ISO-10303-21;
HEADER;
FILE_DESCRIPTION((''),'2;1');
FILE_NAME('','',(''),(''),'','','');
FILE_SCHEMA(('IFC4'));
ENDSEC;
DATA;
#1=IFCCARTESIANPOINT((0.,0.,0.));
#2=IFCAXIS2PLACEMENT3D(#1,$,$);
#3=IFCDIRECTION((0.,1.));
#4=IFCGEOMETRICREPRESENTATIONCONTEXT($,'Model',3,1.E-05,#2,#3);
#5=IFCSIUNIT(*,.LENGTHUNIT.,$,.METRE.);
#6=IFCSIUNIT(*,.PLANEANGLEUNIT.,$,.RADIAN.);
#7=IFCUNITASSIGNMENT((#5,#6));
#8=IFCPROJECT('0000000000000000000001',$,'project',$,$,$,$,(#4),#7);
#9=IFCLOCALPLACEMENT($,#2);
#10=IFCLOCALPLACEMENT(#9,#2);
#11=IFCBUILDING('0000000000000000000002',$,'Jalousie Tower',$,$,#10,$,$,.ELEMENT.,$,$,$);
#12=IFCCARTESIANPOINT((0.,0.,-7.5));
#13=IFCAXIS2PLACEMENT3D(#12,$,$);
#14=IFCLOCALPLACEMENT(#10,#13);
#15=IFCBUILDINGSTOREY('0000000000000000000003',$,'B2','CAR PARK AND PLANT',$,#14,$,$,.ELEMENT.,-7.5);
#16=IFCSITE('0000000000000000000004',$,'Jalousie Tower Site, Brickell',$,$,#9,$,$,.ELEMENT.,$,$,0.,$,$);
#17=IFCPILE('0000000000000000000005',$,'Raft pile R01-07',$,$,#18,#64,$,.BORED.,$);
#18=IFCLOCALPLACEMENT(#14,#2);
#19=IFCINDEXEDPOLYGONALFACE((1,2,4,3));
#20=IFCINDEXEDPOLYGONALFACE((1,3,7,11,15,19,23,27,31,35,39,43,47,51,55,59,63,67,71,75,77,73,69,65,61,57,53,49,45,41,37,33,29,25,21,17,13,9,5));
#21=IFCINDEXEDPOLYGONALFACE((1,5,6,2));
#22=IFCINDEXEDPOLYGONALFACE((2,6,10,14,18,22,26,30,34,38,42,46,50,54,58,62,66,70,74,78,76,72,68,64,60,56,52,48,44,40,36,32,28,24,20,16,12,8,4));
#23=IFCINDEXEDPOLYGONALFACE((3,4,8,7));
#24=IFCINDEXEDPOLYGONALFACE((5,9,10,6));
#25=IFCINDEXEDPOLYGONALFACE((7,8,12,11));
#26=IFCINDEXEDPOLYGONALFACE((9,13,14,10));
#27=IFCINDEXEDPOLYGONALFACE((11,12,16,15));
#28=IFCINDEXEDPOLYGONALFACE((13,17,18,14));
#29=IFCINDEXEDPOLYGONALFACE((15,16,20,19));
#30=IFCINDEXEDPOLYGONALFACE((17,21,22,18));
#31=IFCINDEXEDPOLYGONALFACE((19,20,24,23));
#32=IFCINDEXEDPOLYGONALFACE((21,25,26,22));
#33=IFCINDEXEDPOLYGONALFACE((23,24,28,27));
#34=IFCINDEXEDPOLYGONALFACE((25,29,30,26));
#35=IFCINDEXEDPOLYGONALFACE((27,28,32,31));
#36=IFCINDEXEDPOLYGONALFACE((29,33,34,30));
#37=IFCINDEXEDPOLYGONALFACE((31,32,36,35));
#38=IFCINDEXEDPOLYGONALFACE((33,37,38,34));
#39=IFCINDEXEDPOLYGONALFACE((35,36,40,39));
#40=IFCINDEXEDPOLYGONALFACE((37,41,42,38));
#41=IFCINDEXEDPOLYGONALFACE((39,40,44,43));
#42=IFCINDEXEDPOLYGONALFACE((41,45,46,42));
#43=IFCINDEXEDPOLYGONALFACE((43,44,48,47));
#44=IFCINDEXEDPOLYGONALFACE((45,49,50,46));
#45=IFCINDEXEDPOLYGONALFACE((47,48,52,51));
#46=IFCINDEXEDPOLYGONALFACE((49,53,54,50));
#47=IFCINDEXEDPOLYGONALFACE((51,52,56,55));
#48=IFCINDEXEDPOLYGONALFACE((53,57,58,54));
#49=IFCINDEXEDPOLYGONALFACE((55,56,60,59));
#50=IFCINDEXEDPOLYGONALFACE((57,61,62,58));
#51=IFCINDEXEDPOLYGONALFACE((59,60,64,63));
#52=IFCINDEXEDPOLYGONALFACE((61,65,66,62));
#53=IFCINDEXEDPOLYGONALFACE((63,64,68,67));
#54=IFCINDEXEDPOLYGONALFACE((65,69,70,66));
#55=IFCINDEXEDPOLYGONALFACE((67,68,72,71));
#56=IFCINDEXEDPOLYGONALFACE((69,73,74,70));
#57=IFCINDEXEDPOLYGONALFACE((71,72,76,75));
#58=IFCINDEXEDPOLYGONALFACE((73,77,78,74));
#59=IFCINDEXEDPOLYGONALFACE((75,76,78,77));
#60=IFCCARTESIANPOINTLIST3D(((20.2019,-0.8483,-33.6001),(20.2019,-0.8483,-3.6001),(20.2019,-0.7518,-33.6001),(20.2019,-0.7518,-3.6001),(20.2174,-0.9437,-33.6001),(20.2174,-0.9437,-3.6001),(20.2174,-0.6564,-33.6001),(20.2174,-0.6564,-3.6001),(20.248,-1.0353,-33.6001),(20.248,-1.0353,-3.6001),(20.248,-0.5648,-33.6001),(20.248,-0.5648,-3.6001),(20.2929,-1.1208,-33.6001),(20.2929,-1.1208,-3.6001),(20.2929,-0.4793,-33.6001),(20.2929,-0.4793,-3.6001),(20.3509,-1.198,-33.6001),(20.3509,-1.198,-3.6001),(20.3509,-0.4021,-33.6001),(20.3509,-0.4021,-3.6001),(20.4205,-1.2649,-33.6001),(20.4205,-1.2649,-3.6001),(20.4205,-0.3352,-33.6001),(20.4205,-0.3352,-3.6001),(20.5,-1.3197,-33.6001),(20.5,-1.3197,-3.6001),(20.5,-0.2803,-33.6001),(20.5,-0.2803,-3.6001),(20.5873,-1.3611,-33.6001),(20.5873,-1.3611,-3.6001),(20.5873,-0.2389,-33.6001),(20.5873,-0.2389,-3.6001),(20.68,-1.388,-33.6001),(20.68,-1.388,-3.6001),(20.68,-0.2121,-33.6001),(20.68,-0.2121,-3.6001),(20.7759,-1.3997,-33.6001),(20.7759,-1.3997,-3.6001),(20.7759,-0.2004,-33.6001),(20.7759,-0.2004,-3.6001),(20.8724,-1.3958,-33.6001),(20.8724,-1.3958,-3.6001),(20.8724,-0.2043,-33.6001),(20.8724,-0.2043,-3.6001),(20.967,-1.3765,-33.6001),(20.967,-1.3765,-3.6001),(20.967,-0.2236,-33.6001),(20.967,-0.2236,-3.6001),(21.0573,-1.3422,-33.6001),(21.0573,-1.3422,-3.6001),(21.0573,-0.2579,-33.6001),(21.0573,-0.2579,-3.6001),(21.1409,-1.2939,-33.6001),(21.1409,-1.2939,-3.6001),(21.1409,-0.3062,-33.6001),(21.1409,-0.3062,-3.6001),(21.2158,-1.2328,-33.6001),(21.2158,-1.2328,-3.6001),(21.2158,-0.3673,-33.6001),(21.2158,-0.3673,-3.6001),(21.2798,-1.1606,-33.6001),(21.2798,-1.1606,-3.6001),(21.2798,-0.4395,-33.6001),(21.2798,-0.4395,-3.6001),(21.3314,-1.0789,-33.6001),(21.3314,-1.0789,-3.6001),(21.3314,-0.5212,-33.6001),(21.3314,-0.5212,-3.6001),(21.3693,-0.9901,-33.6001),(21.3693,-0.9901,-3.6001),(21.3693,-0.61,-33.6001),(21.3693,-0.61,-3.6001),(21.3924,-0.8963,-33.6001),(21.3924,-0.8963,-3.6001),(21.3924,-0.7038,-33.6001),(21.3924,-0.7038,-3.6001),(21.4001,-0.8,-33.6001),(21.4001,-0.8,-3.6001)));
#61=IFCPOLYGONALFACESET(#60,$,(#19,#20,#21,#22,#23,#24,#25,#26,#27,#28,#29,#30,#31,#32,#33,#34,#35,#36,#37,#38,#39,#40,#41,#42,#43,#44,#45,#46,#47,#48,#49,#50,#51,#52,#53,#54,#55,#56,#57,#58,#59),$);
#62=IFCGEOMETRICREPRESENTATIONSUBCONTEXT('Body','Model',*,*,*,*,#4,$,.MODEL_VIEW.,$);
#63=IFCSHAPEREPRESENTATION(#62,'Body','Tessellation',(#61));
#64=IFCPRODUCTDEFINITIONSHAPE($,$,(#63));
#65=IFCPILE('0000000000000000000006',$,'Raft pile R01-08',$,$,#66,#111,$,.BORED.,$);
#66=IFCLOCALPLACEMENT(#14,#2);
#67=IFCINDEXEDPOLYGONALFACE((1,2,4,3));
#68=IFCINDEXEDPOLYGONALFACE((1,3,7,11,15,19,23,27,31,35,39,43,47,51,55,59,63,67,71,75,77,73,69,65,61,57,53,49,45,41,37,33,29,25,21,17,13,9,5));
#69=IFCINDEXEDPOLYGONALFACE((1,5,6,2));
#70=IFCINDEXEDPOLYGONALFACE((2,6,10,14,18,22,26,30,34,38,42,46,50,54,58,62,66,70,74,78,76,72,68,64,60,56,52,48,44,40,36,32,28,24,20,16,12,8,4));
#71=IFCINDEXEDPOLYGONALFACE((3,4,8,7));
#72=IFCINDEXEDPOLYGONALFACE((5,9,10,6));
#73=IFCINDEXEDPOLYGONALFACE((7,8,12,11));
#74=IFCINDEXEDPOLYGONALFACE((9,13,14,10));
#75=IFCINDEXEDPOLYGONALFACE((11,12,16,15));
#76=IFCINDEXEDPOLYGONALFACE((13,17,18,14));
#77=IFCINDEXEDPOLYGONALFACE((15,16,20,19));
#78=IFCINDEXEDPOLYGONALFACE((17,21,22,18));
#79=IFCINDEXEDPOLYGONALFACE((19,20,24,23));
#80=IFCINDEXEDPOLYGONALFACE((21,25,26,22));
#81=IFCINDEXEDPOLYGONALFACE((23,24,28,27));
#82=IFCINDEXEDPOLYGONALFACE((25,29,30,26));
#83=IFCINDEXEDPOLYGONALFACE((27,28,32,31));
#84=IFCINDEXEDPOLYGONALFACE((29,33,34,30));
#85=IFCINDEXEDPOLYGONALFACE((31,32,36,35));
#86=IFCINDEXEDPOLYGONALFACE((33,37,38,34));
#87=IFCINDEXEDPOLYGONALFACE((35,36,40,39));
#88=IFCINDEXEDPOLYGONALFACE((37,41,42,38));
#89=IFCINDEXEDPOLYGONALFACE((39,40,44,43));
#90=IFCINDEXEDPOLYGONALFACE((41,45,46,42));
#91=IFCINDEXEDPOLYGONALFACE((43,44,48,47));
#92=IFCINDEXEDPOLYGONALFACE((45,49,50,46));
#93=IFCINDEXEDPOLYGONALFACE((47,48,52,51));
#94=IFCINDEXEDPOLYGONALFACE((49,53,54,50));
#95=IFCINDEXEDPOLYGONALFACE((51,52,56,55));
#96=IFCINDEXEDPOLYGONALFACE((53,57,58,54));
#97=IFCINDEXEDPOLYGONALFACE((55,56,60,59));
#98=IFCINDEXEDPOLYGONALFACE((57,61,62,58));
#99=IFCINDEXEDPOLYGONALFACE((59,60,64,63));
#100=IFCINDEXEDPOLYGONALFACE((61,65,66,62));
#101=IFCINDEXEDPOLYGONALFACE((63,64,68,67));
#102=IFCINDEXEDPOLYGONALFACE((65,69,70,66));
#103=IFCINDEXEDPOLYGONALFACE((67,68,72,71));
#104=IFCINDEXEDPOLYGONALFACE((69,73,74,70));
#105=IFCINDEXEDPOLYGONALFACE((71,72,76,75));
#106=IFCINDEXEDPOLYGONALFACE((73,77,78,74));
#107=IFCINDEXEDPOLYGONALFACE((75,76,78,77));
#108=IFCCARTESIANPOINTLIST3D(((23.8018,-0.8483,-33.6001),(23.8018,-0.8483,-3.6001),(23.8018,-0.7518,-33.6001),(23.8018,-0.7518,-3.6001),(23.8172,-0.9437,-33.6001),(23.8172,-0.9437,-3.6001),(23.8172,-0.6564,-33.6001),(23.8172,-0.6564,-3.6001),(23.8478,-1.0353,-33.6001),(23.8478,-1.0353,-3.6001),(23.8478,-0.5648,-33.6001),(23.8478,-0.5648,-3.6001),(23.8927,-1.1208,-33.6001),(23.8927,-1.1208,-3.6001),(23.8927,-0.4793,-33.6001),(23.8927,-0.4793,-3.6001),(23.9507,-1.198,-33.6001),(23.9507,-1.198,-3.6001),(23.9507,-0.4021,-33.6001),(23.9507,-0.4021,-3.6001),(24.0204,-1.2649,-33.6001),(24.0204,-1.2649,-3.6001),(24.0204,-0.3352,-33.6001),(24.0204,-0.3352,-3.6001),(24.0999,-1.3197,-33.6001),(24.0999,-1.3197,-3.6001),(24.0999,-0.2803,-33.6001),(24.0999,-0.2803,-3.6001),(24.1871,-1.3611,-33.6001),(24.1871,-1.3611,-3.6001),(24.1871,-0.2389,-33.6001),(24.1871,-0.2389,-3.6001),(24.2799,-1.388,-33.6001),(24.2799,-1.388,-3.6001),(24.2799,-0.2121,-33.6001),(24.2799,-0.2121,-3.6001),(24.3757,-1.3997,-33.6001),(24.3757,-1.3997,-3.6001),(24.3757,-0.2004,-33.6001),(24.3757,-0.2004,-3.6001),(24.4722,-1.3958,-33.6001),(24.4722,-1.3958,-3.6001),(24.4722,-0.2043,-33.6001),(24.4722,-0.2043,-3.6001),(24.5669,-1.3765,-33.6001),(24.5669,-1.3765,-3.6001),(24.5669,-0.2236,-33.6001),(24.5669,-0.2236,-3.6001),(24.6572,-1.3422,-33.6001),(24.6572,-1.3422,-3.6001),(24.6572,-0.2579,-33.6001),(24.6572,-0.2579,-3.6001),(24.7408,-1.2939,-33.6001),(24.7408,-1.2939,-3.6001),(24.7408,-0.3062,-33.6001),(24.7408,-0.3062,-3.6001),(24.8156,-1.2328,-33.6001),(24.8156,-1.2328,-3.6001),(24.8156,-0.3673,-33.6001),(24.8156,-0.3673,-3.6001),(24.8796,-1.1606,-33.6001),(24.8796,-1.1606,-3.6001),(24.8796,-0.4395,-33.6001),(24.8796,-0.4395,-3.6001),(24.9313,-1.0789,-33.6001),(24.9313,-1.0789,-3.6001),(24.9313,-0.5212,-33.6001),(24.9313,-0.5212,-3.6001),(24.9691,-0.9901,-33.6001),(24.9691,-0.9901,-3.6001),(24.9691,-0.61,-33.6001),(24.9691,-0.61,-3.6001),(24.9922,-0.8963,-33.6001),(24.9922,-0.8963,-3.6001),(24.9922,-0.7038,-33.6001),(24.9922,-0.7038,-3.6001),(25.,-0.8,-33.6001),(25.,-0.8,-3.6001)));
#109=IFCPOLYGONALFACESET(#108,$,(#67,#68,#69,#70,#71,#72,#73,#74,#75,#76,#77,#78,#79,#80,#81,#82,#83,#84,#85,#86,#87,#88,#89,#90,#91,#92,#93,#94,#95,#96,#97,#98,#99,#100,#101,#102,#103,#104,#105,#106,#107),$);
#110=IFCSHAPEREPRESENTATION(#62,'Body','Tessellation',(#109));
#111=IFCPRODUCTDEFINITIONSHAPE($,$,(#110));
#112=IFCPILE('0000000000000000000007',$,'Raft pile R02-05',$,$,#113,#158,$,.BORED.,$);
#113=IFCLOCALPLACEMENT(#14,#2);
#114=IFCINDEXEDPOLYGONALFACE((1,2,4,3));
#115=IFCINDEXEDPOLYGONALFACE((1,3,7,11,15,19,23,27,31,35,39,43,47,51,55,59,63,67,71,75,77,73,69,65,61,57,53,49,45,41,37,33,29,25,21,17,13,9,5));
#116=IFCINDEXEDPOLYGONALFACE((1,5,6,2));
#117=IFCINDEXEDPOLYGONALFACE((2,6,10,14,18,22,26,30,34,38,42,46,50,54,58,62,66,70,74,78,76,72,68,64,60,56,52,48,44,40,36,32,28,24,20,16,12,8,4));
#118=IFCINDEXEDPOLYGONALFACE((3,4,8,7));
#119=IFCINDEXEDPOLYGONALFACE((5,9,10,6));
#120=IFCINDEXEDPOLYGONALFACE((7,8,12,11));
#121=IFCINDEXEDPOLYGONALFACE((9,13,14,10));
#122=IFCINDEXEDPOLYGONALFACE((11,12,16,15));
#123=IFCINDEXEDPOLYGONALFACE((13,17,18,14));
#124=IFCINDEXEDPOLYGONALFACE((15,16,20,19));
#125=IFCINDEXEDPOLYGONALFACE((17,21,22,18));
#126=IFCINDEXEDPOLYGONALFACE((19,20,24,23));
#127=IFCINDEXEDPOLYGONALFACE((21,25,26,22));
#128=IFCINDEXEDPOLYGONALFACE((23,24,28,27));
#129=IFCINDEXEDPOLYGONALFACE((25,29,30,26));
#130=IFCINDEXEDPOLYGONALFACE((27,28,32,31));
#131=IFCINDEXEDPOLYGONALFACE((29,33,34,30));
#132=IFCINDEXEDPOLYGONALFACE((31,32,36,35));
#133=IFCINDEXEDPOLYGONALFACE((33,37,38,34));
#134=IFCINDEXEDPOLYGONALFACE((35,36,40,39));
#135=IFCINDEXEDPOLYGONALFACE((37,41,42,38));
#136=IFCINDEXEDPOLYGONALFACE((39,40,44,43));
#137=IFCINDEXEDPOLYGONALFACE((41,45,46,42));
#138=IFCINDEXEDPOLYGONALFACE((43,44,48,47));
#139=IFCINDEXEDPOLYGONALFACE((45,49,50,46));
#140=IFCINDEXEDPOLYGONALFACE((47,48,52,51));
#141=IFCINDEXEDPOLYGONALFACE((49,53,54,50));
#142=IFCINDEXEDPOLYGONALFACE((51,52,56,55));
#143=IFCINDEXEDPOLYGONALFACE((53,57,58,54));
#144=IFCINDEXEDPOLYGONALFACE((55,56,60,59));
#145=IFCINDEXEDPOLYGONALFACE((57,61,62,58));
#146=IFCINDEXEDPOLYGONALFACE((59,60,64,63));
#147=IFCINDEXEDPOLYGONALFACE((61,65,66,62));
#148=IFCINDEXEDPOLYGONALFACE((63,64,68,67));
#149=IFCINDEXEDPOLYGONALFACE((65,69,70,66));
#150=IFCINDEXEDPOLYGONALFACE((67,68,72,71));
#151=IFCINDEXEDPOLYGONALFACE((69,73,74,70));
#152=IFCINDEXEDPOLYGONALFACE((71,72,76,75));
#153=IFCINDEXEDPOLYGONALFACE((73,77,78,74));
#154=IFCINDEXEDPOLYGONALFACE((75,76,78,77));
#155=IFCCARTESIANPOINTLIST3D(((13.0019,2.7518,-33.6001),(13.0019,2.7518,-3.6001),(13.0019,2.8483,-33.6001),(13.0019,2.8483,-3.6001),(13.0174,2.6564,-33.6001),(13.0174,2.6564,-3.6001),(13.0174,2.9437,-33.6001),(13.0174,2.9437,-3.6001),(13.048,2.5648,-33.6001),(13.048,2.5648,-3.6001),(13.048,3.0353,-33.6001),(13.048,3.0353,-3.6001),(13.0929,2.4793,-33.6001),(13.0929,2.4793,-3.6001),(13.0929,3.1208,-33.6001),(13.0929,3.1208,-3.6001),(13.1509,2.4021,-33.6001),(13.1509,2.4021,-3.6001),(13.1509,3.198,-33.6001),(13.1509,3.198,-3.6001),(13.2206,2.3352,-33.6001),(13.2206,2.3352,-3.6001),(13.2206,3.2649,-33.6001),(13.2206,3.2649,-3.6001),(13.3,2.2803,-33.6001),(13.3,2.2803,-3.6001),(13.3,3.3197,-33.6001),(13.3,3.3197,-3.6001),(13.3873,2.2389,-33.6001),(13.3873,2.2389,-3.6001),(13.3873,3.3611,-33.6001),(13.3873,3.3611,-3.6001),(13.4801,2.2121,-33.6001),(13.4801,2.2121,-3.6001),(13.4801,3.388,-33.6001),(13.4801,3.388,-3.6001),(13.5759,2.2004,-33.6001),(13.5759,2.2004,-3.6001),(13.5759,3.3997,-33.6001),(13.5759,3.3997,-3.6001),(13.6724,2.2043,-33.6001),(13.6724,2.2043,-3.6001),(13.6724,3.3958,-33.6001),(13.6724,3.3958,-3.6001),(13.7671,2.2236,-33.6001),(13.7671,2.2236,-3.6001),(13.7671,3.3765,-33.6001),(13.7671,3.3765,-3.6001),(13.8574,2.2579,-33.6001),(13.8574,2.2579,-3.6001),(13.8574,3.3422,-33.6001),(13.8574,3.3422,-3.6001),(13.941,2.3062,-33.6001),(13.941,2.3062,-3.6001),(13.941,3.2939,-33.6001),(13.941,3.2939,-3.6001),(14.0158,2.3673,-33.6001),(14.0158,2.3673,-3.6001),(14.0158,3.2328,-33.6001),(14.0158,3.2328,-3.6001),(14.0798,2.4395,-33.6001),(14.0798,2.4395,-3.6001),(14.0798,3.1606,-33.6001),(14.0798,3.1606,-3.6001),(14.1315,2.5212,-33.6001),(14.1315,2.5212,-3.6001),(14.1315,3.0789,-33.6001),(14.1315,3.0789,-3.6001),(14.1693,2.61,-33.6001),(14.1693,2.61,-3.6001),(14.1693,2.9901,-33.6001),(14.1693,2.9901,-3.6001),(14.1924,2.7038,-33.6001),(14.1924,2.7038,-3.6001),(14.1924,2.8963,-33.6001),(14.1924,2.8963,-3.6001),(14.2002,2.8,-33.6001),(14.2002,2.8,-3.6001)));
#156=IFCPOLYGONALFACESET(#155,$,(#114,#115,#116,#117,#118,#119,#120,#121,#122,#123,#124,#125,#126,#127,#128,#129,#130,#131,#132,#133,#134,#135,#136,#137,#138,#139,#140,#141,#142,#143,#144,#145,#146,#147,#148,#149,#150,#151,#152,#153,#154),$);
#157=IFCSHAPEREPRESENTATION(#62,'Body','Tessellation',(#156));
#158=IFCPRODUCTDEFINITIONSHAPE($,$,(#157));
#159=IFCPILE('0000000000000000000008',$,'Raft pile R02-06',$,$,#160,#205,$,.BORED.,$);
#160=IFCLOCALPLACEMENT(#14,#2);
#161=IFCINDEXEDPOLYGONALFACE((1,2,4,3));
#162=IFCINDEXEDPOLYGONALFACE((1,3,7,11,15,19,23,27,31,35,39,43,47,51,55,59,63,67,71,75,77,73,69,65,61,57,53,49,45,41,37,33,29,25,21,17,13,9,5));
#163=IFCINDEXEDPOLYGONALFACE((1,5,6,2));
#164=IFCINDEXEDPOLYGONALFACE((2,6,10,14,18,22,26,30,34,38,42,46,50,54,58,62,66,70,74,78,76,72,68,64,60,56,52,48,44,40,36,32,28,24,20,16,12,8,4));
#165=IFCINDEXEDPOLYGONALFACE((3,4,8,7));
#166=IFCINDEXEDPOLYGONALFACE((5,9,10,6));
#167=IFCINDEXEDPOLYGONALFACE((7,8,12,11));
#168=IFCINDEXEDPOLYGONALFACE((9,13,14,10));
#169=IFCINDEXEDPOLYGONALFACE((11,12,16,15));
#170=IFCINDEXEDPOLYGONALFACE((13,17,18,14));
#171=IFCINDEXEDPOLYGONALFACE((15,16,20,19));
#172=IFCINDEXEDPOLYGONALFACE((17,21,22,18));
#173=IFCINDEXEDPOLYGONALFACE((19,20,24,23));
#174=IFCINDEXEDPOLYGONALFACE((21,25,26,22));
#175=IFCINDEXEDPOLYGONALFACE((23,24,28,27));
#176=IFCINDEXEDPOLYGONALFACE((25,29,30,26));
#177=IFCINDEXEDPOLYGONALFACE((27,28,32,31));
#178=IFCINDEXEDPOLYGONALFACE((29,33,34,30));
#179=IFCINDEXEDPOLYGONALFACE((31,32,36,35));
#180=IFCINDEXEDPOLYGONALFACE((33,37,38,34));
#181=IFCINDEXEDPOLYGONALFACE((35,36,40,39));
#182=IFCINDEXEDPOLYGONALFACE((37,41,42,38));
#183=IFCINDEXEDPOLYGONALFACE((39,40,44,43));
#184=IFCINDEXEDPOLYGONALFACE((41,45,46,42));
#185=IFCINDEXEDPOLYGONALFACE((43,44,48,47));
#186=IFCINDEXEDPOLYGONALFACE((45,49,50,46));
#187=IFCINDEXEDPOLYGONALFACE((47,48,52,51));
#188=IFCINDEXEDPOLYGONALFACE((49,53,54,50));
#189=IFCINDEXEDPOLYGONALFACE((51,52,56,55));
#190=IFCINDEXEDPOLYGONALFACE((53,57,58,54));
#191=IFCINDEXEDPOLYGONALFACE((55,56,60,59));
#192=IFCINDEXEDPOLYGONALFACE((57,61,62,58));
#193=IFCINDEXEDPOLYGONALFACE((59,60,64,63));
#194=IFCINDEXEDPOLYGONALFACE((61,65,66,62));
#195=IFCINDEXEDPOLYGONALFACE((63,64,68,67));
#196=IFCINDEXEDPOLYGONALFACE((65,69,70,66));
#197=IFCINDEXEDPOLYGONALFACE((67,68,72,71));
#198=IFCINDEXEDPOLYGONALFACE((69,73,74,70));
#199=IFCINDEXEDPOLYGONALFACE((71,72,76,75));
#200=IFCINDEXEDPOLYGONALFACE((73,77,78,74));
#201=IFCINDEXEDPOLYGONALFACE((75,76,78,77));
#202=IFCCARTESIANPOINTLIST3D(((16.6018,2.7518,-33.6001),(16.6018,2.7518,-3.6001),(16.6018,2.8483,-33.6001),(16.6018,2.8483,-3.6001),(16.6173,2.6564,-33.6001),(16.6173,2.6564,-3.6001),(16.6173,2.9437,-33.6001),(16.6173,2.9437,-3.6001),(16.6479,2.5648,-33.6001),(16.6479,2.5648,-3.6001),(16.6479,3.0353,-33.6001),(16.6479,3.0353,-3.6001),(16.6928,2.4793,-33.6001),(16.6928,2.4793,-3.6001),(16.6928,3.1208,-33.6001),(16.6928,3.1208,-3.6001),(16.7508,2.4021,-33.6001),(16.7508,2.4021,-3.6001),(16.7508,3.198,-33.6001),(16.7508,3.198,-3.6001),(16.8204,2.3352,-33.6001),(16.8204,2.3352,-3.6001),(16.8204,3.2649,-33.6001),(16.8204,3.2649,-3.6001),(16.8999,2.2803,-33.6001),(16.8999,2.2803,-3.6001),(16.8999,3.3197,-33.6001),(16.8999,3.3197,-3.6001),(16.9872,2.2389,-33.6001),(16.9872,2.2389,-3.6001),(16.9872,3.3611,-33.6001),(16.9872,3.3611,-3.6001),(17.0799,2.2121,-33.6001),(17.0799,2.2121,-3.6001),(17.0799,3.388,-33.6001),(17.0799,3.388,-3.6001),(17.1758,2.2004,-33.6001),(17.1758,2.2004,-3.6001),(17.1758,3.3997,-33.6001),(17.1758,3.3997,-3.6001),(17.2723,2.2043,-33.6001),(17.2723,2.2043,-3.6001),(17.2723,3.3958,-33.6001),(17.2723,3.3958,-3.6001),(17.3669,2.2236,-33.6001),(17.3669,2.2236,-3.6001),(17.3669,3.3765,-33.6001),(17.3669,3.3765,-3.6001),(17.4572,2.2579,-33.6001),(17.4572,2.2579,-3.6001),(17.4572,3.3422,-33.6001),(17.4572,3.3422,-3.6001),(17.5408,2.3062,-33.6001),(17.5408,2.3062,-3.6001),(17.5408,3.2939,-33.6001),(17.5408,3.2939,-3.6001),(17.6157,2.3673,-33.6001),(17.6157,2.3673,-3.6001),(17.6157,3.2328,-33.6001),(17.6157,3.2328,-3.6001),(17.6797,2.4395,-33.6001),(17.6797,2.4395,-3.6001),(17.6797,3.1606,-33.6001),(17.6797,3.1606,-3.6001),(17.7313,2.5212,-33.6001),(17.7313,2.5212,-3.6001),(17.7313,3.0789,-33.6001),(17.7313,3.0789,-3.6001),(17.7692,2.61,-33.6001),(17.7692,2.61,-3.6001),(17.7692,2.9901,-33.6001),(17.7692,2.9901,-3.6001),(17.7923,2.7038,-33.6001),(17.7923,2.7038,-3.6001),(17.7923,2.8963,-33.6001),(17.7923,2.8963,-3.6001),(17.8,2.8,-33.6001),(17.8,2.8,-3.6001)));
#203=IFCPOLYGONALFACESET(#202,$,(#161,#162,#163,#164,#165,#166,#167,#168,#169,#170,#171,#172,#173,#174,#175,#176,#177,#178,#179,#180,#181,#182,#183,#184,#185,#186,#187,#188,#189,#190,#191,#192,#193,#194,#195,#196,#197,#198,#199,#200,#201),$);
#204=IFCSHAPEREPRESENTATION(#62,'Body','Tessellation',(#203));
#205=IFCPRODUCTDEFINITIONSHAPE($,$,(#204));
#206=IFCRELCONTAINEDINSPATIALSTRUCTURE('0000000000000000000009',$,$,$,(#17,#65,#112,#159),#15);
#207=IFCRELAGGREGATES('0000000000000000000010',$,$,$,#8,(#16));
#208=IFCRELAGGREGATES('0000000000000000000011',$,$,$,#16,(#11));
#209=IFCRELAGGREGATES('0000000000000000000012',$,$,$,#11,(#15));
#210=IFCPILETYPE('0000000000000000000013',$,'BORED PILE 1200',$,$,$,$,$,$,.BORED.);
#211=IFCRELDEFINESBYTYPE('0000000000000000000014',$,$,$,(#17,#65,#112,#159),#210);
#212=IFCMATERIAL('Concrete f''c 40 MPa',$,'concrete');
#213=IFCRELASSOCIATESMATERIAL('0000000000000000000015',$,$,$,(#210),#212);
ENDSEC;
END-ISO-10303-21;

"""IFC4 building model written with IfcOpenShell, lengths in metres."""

from ifc_helpers import new_model, si_unit, direction, frame, origin, origin_2d, place, context, subcontext, project, spatial, circle, extrude, material, material_profile, profile_set, type_object, element, save


model = new_model("IFC4")

# Units and contexts
model_context = context("Model", 3, precision=1e-05, world=origin(), true_north=direction((0.0, 1.0)))
body_context = subcontext(model_context, "Body", "Model", "MODEL_VIEW")
ifc_project = project(units=[si_unit("LENGTHUNIT", "METRE"), si_unit("PLANEANGLEUNIT", "RADIAN")], contexts=[model_context])

# Site, building, storey
site_placement = place(None, origin())
site = spatial("IfcSite", under=ifc_project, at=site_placement, Name="Jalousie Tower Site, Brickell", CompositionType="ELEMENT", RefElevation=0.0)
building_placement = place(site_placement, origin())
building = spatial("IfcBuilding", under=site, at=building_placement, Name="Jalousie Tower", CompositionType="ELEMENT")
storey_placement = place(building_placement, frame((0.0, 0.0, -7.5)))
storey = spatial("IfcBuildingStorey", under=building, at=storey_placement, Name="B2", Description="CAR PARK AND PLANT", CompositionType="ELEMENT", Elevation=-7.5)

# Piles
ifc_material_1 = material(Name="Concrete f'c 40 MPa", Category="concrete")
ifc_material_profile_1 = material_profile(ifc_material_1, circle(Radius=0.6001, at=origin_2d()), Name="BORED PILE D1200")
ifc_profile_set_1 = profile_set([ifc_material_profile_1], Name="Concrete f'c 40 MPa")
pile_type = type_object("IfcPileType", Name="BORED PILE 1200", PredefinedType="BORED", material=ifc_profile_set_1)
for number, where, z_axis, x_axis, name in (
    (1, (20.8, -0.8, -3.6001), (0.0, 0.0, -1.0), (1.0, 0.0, 0.0), "Raft pile R01-07"),
    (2, (24.3999, -0.8, -3.6001), (0.0, 0.0, -1.0), (1.0, 0.0, 0.0), "Raft pile R01-08"),
    (3, (13.6001, 2.8, -3.6001), (0.0, 0.0, -1.0), (1.0, 0.0, 0.0), "Raft pile R02-05"),
    (4, (17.2, 2.8, -3.6001), (0.0, 0.0, -1.0), (1.0, 0.0, 0.0), "Raft pile R02-06"),
):
    element("IfcPile", number, at=place(storey_placement, frame(where, z_axis=z_axis, x_axis=x_axis)), inside=storey, type_object=pile_type, Name=name, PredefinedType="BORED", context=body_context, shape_type="SweptSolid", body=[
        extrude(circle(Radius=0.6001, at=origin_2d()), origin(), (0.0, 0.0, 1.0), 30.0),
    ])

save(model, "model.ifc")
